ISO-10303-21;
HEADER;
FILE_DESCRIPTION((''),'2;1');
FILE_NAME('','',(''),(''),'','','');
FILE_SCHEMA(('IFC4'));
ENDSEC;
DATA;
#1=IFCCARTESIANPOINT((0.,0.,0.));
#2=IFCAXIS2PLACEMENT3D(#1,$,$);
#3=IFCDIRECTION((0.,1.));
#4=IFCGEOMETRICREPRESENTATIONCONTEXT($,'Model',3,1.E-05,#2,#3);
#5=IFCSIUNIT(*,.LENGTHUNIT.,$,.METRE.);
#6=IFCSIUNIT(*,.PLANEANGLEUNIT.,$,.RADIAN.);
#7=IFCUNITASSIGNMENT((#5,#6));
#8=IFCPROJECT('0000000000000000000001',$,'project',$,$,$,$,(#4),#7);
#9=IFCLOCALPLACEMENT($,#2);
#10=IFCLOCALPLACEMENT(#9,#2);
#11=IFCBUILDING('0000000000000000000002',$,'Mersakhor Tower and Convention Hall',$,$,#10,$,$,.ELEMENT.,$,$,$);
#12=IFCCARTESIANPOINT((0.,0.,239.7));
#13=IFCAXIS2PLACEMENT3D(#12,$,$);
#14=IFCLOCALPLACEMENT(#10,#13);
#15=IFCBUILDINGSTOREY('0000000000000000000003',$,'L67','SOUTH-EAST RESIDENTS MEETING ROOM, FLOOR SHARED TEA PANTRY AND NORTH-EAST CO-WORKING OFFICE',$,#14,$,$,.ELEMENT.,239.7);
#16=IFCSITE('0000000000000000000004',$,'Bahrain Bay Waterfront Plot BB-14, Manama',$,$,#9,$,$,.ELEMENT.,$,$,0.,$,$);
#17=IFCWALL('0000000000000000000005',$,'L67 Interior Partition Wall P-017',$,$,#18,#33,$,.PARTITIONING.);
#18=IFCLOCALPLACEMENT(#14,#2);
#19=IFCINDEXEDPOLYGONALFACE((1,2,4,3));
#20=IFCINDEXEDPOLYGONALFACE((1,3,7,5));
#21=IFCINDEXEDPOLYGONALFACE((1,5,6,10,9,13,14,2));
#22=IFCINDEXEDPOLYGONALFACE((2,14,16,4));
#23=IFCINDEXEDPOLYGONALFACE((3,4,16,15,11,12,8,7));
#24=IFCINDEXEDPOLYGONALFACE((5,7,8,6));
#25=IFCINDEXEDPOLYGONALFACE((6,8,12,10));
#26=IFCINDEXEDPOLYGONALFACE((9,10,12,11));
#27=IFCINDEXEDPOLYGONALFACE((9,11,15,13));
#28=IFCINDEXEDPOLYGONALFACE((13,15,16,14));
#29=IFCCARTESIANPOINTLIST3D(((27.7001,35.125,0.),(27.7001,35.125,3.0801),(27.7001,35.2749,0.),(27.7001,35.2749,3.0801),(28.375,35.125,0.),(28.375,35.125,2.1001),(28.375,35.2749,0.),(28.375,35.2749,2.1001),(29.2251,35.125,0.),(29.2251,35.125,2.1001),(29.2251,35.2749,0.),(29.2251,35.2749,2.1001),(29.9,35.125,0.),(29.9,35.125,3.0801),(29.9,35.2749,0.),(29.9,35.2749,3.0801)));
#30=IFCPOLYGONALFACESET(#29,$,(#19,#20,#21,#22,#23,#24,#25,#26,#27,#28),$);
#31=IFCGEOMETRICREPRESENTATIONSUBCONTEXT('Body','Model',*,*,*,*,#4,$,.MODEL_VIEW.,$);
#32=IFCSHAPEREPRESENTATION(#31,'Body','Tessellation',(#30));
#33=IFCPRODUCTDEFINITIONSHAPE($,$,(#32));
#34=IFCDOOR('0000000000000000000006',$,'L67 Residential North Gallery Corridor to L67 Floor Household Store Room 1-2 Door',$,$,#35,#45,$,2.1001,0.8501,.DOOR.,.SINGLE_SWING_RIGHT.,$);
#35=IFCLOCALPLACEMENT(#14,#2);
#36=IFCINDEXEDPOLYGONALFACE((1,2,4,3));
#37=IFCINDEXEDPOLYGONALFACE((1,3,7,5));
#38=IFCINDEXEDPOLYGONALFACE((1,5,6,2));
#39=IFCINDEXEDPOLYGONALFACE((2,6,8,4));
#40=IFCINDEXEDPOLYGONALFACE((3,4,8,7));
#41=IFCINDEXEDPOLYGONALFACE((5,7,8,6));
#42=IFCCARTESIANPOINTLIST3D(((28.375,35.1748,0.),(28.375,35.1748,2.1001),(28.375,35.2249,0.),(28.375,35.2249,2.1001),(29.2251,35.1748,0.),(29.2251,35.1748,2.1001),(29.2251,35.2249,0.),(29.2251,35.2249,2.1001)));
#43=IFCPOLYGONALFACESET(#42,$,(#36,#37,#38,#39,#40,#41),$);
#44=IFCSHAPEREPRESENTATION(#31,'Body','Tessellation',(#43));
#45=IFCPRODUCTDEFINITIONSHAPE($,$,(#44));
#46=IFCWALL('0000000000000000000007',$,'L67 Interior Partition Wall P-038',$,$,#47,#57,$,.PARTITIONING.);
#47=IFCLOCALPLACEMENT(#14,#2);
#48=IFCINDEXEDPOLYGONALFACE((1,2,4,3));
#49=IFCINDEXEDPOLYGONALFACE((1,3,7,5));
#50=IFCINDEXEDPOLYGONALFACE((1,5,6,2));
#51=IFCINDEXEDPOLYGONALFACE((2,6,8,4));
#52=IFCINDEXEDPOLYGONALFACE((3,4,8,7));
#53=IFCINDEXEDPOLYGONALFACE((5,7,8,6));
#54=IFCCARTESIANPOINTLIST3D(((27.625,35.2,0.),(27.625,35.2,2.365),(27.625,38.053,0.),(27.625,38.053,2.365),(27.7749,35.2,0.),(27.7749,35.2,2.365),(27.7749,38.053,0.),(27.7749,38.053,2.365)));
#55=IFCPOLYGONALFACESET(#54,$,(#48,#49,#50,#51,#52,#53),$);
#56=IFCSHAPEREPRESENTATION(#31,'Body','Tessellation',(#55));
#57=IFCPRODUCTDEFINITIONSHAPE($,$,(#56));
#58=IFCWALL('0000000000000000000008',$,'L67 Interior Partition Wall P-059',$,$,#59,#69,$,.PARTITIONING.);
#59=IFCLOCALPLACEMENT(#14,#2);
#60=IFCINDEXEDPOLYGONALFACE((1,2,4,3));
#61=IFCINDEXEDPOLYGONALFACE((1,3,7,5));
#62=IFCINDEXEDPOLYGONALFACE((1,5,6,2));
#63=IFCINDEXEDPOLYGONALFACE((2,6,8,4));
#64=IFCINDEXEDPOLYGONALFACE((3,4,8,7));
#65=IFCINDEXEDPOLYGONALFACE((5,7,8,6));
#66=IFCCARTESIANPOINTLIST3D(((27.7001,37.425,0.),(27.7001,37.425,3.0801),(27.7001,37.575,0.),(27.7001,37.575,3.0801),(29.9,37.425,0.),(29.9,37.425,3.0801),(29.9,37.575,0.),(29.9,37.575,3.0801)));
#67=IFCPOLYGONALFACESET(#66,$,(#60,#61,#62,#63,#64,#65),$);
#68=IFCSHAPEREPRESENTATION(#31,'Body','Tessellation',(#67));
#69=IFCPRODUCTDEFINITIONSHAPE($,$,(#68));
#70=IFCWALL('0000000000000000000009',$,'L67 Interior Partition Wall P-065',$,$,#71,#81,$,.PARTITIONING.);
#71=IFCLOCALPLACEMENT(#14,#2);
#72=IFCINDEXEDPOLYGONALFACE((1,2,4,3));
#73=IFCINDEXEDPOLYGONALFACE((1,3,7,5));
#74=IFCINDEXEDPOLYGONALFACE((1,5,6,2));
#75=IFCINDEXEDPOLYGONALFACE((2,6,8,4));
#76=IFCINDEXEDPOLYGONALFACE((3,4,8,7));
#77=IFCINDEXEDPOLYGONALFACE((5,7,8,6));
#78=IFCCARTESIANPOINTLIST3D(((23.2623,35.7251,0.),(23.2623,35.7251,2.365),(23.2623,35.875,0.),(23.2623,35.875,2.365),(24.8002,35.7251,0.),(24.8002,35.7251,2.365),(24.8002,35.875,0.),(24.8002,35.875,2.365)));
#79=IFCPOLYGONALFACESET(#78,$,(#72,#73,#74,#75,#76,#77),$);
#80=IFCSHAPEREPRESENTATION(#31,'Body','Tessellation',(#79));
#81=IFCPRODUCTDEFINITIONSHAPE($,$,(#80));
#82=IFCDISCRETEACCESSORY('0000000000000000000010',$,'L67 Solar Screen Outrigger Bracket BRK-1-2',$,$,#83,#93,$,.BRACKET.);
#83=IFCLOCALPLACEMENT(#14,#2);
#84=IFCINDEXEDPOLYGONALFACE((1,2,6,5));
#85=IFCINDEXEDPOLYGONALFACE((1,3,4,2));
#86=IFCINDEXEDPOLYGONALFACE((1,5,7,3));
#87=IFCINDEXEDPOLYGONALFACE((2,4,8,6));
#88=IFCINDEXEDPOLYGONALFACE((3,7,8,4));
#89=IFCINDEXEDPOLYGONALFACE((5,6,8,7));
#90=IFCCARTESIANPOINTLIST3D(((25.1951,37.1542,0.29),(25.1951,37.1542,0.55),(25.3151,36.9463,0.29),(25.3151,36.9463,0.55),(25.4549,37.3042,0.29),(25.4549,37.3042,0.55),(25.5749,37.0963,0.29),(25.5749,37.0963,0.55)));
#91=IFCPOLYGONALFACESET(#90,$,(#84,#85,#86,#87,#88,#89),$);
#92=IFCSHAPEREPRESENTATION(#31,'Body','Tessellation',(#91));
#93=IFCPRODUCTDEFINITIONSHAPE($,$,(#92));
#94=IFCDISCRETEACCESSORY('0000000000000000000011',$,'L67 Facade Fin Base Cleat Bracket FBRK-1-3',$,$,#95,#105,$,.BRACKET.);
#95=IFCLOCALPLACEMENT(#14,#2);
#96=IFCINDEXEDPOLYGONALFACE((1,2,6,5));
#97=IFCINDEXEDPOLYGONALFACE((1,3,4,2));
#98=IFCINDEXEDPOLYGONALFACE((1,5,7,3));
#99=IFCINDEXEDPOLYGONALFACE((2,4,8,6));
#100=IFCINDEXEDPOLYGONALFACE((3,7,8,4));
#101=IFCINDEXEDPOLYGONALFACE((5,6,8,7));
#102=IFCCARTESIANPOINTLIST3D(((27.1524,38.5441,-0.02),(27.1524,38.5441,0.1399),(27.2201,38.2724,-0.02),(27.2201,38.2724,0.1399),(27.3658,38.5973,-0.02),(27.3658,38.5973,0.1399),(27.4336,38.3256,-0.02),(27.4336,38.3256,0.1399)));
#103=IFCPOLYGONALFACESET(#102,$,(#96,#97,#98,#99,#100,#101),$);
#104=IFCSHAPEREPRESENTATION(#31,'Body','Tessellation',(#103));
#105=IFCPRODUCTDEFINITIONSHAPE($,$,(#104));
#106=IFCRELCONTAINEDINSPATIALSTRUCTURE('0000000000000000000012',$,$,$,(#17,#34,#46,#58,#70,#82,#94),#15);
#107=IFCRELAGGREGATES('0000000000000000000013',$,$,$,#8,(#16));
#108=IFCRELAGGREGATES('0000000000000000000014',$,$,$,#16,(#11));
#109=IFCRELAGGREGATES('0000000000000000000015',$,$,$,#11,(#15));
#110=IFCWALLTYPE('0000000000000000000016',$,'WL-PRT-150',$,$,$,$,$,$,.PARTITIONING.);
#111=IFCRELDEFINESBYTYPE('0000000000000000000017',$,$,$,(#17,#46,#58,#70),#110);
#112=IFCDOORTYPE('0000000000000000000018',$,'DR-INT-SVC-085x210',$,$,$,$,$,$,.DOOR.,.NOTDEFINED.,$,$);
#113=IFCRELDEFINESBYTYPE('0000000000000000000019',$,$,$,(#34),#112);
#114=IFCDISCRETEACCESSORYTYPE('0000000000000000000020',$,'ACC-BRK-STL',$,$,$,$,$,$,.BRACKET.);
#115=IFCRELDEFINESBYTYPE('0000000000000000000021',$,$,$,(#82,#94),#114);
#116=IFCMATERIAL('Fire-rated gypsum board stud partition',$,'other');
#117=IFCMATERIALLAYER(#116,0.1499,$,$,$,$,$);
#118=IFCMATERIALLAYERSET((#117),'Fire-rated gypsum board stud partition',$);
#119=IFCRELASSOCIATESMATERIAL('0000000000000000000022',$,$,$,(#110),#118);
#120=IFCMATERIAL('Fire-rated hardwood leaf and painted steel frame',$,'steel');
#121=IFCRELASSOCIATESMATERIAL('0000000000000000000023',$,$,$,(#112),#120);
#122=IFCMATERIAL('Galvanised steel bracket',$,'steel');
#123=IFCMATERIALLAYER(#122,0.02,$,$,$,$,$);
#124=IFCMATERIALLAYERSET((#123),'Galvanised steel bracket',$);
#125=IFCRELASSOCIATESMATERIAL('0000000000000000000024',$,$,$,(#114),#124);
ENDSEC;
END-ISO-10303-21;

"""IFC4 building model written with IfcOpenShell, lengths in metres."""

from ifc_helpers import new_model, si_unit, direction, frame, frame_2d, origin, origin_2d, place, context, subcontext, project, spatial, rectangle, extrude, material, layer, layer_set, type_object, element, fill, save


model = new_model("IFC4")

# Units and contexts
model_context = context("Model", 3, precision=1e-05, world=origin(), true_north=direction((0.0, 1.0)))
body_context = subcontext(model_context, "Body", "Model", "MODEL_VIEW")
ifc_project = project(units=[si_unit("LENGTHUNIT", "METRE"), si_unit("PLANEANGLEUNIT", "RADIAN")], contexts=[model_context])

# Site, building, storey
site_placement = place(None, origin())
site = spatial("IfcSite", under=ifc_project, at=site_placement, Name="Bahrain Bay Waterfront Plot BB-14, Manama", CompositionType="ELEMENT", RefElevation=0.0)
building_placement = place(site_placement, origin())
building = spatial("IfcBuilding", under=site, at=building_placement, Name="Mersakhor Tower and Convention Hall", CompositionType="ELEMENT")
storey_placement = place(building_placement, frame((0.0, 0.0, 239.7)))
storey = spatial("IfcBuildingStorey", under=building, at=storey_placement, Name="L67", Description="SOUTH-EAST RESIDENTS MEETING ROOM, FLOOR SHARED TEA PANTRY AND NORTH-EAST CO-WORKING OFFICE", CompositionType="ELEMENT", Elevation=239.7)

# Wall, opening, door
ifc_material_1 = material(Name="Fire-rated gypsum board stud partition", Category="other")
ifc_layer_1 = layer(ifc_material_1, 0.1499)
ifc_layer_set_1 = layer_set([ifc_layer_1], Name="Fire-rated gypsum board stud partition")
wall_type_1 = type_object("IfcWallType", Name="WL-PRT-150", PredefinedType="PARTITIONING", material=ifc_layer_set_1)
wall_1_placement = place(storey_placement, frame((27.7, 35.2, 0.0), z_axis=(0.0, 0.0, 1.0), x_axis=(1.0, 0.0, 0.0)))
wall_1 = element("IfcWall", 1, at=wall_1_placement, inside=storey, type_object=wall_type_1, Name="L67 Interior Partition Wall P-017", PredefinedType="PARTITIONING", context=body_context, shape_type="SweptSolid", body=[
    extrude(rectangle(XDim=2.2, YDim=0.1499, at=frame_2d((1.1001, 0.0))), origin(), (0.0, 0.0, 1.0), 3.0801),
])
opening_placement = place(wall_1_placement, frame((0.675, 0.0, 0.0)))
opening = element("IfcOpeningElement", 2, at=opening_placement, cuts=wall_1, PredefinedType="OPENING", context=body_context, shape_type="SweptSolid", body=[
    extrude(rectangle(XDim=0.8501, YDim=2.1001, at=frame_2d((0.425, 1.05))), frame((0.0, 0.085, 0.0), z_axis=(0.0, -1.0, 0.0), x_axis=(1.0, 0.0, 0.0)), (0.0, 0.0, 1.0), 0.1699),
])
ifc_material_2 = material(Name="Fire-rated hardwood leaf and painted steel frame", Category="steel")
door_type = type_object("IfcDoorType", Name="DR-INT-SVC-085x210", OperationType="NOTDEFINED", PredefinedType="DOOR", material=ifc_material_2)
door_placement = place(opening_placement, origin())
door = element("IfcDoor", 3, at=door_placement, inside=storey, type_object=door_type, Name="L67 Residential North Gallery Corridor to L67 Floor Household Store Room 1-2 Door", OperationType="SINGLE_SWING_RIGHT", OverallHeight=2.1001, OverallWidth=0.8501, PredefinedType="DOOR", context=body_context, shape_type="SweptSolid", body=[
    extrude(rectangle(XDim=0.8501, YDim=2.1001, at=frame_2d((0.425, 1.05))), frame((0.0, 0.0249, 0.0), z_axis=(0.0, -1.0, 0.0), x_axis=(1.0, 0.0, 0.0)), (0.0, 0.0, 1.0), 0.05),
])
fill(opening, door)

# Walls
wall_2_placement = place(storey_placement, frame((27.7, 38.053, 0.0), z_axis=(0.0, 0.0, 1.0), x_axis=(0.0, -1.0, 0.0)))
element("IfcWall", 4, at=wall_2_placement, inside=storey, type_object=wall_type_1, Name="L67 Interior Partition Wall P-038", PredefinedType="PARTITIONING", context=body_context, shape_type="SweptSolid", body=[
    extrude(rectangle(XDim=2.853, YDim=0.1499, at=frame_2d((1.4265, 0.0))), origin(), (0.0, 0.0, 1.0), 2.365),
])
wall_3_placement = place(storey_placement, frame((27.7, 37.5, 0.0), z_axis=(0.0, 0.0, 1.0), x_axis=(1.0, 0.0, 0.0)))
element("IfcWall", 5, at=wall_3_placement, inside=storey, type_object=wall_type_1, Name="L67 Interior Partition Wall P-059", PredefinedType="PARTITIONING", context=body_context, shape_type="SweptSolid", body=[
    extrude(rectangle(XDim=2.2, YDim=0.1499, at=frame_2d((1.1001, 0.0))), origin(), (0.0, 0.0, 1.0), 3.0801),
])
wall_4_placement = place(storey_placement, frame((23.2622, 35.8, 0.0), z_axis=(0.0, 0.0, 1.0), x_axis=(1.0, 0.0, 0.0)))
element("IfcWall", 6, at=wall_4_placement, inside=storey, type_object=wall_type_1, Name="L67 Interior Partition Wall P-065", PredefinedType="PARTITIONING", context=body_context, shape_type="SweptSolid", body=[
    extrude(rectangle(XDim=1.5378, YDim=0.1499, at=frame_2d((0.769, 0.0))), origin(), (0.0, 0.0, 1.0), 2.365),
])

# Discrete accessories
ifc_material_3 = material(Name="Galvanised steel bracket", Category="steel")
ifc_layer_2 = layer(ifc_material_3, 0.02)
ifc_layer_set_2 = layer_set([ifc_layer_2], Name="Galvanised steel bracket")
discrete_accessory_type = type_object("IfcDiscreteAccessoryType", Name="ACC-BRK-STL", PredefinedType="BRACKET", material=ifc_layer_set_2)
discrete_accessory_1_placement = place(storey_placement, frame((25.385, 37.1252, 0.29), z_axis=(0.0, 0.0, 1.0), x_axis=(0.866025, 0.5, 0.0)))
element("IfcDiscreteAccessory", 7, at=discrete_accessory_1_placement, inside=storey, type_object=discrete_accessory_type, Name="L67 Solar Screen Outrigger Bracket BRK-1-2", PredefinedType="BRACKET", context=body_context, shape_type="SweptSolid", body=[
    extrude(rectangle(XDim=0.3, YDim=0.24, at=origin_2d()), origin(), (0.0, 0.0, 1.0), 0.26),
])
discrete_accessory_2_placement = place(storey_placement, frame((27.293, 38.4348, -0.02), z_axis=(0.0, 0.0, 1.0), x_axis=(-0.241922, 0.970296, 0.0)))
element("IfcDiscreteAccessory", 8, at=discrete_accessory_2_placement, inside=storey, type_object=discrete_accessory_type, Name="L67 Facade Fin Base Cleat Bracket FBRK-1-3", PredefinedType="BRACKET", context=body_context, shape_type="SweptSolid", body=[
    extrude(rectangle(XDim=0.28, YDim=0.22, at=origin_2d()), origin(), (0.0, 0.0, 1.0), 0.1599),
])

save(model, "model.ifc")
